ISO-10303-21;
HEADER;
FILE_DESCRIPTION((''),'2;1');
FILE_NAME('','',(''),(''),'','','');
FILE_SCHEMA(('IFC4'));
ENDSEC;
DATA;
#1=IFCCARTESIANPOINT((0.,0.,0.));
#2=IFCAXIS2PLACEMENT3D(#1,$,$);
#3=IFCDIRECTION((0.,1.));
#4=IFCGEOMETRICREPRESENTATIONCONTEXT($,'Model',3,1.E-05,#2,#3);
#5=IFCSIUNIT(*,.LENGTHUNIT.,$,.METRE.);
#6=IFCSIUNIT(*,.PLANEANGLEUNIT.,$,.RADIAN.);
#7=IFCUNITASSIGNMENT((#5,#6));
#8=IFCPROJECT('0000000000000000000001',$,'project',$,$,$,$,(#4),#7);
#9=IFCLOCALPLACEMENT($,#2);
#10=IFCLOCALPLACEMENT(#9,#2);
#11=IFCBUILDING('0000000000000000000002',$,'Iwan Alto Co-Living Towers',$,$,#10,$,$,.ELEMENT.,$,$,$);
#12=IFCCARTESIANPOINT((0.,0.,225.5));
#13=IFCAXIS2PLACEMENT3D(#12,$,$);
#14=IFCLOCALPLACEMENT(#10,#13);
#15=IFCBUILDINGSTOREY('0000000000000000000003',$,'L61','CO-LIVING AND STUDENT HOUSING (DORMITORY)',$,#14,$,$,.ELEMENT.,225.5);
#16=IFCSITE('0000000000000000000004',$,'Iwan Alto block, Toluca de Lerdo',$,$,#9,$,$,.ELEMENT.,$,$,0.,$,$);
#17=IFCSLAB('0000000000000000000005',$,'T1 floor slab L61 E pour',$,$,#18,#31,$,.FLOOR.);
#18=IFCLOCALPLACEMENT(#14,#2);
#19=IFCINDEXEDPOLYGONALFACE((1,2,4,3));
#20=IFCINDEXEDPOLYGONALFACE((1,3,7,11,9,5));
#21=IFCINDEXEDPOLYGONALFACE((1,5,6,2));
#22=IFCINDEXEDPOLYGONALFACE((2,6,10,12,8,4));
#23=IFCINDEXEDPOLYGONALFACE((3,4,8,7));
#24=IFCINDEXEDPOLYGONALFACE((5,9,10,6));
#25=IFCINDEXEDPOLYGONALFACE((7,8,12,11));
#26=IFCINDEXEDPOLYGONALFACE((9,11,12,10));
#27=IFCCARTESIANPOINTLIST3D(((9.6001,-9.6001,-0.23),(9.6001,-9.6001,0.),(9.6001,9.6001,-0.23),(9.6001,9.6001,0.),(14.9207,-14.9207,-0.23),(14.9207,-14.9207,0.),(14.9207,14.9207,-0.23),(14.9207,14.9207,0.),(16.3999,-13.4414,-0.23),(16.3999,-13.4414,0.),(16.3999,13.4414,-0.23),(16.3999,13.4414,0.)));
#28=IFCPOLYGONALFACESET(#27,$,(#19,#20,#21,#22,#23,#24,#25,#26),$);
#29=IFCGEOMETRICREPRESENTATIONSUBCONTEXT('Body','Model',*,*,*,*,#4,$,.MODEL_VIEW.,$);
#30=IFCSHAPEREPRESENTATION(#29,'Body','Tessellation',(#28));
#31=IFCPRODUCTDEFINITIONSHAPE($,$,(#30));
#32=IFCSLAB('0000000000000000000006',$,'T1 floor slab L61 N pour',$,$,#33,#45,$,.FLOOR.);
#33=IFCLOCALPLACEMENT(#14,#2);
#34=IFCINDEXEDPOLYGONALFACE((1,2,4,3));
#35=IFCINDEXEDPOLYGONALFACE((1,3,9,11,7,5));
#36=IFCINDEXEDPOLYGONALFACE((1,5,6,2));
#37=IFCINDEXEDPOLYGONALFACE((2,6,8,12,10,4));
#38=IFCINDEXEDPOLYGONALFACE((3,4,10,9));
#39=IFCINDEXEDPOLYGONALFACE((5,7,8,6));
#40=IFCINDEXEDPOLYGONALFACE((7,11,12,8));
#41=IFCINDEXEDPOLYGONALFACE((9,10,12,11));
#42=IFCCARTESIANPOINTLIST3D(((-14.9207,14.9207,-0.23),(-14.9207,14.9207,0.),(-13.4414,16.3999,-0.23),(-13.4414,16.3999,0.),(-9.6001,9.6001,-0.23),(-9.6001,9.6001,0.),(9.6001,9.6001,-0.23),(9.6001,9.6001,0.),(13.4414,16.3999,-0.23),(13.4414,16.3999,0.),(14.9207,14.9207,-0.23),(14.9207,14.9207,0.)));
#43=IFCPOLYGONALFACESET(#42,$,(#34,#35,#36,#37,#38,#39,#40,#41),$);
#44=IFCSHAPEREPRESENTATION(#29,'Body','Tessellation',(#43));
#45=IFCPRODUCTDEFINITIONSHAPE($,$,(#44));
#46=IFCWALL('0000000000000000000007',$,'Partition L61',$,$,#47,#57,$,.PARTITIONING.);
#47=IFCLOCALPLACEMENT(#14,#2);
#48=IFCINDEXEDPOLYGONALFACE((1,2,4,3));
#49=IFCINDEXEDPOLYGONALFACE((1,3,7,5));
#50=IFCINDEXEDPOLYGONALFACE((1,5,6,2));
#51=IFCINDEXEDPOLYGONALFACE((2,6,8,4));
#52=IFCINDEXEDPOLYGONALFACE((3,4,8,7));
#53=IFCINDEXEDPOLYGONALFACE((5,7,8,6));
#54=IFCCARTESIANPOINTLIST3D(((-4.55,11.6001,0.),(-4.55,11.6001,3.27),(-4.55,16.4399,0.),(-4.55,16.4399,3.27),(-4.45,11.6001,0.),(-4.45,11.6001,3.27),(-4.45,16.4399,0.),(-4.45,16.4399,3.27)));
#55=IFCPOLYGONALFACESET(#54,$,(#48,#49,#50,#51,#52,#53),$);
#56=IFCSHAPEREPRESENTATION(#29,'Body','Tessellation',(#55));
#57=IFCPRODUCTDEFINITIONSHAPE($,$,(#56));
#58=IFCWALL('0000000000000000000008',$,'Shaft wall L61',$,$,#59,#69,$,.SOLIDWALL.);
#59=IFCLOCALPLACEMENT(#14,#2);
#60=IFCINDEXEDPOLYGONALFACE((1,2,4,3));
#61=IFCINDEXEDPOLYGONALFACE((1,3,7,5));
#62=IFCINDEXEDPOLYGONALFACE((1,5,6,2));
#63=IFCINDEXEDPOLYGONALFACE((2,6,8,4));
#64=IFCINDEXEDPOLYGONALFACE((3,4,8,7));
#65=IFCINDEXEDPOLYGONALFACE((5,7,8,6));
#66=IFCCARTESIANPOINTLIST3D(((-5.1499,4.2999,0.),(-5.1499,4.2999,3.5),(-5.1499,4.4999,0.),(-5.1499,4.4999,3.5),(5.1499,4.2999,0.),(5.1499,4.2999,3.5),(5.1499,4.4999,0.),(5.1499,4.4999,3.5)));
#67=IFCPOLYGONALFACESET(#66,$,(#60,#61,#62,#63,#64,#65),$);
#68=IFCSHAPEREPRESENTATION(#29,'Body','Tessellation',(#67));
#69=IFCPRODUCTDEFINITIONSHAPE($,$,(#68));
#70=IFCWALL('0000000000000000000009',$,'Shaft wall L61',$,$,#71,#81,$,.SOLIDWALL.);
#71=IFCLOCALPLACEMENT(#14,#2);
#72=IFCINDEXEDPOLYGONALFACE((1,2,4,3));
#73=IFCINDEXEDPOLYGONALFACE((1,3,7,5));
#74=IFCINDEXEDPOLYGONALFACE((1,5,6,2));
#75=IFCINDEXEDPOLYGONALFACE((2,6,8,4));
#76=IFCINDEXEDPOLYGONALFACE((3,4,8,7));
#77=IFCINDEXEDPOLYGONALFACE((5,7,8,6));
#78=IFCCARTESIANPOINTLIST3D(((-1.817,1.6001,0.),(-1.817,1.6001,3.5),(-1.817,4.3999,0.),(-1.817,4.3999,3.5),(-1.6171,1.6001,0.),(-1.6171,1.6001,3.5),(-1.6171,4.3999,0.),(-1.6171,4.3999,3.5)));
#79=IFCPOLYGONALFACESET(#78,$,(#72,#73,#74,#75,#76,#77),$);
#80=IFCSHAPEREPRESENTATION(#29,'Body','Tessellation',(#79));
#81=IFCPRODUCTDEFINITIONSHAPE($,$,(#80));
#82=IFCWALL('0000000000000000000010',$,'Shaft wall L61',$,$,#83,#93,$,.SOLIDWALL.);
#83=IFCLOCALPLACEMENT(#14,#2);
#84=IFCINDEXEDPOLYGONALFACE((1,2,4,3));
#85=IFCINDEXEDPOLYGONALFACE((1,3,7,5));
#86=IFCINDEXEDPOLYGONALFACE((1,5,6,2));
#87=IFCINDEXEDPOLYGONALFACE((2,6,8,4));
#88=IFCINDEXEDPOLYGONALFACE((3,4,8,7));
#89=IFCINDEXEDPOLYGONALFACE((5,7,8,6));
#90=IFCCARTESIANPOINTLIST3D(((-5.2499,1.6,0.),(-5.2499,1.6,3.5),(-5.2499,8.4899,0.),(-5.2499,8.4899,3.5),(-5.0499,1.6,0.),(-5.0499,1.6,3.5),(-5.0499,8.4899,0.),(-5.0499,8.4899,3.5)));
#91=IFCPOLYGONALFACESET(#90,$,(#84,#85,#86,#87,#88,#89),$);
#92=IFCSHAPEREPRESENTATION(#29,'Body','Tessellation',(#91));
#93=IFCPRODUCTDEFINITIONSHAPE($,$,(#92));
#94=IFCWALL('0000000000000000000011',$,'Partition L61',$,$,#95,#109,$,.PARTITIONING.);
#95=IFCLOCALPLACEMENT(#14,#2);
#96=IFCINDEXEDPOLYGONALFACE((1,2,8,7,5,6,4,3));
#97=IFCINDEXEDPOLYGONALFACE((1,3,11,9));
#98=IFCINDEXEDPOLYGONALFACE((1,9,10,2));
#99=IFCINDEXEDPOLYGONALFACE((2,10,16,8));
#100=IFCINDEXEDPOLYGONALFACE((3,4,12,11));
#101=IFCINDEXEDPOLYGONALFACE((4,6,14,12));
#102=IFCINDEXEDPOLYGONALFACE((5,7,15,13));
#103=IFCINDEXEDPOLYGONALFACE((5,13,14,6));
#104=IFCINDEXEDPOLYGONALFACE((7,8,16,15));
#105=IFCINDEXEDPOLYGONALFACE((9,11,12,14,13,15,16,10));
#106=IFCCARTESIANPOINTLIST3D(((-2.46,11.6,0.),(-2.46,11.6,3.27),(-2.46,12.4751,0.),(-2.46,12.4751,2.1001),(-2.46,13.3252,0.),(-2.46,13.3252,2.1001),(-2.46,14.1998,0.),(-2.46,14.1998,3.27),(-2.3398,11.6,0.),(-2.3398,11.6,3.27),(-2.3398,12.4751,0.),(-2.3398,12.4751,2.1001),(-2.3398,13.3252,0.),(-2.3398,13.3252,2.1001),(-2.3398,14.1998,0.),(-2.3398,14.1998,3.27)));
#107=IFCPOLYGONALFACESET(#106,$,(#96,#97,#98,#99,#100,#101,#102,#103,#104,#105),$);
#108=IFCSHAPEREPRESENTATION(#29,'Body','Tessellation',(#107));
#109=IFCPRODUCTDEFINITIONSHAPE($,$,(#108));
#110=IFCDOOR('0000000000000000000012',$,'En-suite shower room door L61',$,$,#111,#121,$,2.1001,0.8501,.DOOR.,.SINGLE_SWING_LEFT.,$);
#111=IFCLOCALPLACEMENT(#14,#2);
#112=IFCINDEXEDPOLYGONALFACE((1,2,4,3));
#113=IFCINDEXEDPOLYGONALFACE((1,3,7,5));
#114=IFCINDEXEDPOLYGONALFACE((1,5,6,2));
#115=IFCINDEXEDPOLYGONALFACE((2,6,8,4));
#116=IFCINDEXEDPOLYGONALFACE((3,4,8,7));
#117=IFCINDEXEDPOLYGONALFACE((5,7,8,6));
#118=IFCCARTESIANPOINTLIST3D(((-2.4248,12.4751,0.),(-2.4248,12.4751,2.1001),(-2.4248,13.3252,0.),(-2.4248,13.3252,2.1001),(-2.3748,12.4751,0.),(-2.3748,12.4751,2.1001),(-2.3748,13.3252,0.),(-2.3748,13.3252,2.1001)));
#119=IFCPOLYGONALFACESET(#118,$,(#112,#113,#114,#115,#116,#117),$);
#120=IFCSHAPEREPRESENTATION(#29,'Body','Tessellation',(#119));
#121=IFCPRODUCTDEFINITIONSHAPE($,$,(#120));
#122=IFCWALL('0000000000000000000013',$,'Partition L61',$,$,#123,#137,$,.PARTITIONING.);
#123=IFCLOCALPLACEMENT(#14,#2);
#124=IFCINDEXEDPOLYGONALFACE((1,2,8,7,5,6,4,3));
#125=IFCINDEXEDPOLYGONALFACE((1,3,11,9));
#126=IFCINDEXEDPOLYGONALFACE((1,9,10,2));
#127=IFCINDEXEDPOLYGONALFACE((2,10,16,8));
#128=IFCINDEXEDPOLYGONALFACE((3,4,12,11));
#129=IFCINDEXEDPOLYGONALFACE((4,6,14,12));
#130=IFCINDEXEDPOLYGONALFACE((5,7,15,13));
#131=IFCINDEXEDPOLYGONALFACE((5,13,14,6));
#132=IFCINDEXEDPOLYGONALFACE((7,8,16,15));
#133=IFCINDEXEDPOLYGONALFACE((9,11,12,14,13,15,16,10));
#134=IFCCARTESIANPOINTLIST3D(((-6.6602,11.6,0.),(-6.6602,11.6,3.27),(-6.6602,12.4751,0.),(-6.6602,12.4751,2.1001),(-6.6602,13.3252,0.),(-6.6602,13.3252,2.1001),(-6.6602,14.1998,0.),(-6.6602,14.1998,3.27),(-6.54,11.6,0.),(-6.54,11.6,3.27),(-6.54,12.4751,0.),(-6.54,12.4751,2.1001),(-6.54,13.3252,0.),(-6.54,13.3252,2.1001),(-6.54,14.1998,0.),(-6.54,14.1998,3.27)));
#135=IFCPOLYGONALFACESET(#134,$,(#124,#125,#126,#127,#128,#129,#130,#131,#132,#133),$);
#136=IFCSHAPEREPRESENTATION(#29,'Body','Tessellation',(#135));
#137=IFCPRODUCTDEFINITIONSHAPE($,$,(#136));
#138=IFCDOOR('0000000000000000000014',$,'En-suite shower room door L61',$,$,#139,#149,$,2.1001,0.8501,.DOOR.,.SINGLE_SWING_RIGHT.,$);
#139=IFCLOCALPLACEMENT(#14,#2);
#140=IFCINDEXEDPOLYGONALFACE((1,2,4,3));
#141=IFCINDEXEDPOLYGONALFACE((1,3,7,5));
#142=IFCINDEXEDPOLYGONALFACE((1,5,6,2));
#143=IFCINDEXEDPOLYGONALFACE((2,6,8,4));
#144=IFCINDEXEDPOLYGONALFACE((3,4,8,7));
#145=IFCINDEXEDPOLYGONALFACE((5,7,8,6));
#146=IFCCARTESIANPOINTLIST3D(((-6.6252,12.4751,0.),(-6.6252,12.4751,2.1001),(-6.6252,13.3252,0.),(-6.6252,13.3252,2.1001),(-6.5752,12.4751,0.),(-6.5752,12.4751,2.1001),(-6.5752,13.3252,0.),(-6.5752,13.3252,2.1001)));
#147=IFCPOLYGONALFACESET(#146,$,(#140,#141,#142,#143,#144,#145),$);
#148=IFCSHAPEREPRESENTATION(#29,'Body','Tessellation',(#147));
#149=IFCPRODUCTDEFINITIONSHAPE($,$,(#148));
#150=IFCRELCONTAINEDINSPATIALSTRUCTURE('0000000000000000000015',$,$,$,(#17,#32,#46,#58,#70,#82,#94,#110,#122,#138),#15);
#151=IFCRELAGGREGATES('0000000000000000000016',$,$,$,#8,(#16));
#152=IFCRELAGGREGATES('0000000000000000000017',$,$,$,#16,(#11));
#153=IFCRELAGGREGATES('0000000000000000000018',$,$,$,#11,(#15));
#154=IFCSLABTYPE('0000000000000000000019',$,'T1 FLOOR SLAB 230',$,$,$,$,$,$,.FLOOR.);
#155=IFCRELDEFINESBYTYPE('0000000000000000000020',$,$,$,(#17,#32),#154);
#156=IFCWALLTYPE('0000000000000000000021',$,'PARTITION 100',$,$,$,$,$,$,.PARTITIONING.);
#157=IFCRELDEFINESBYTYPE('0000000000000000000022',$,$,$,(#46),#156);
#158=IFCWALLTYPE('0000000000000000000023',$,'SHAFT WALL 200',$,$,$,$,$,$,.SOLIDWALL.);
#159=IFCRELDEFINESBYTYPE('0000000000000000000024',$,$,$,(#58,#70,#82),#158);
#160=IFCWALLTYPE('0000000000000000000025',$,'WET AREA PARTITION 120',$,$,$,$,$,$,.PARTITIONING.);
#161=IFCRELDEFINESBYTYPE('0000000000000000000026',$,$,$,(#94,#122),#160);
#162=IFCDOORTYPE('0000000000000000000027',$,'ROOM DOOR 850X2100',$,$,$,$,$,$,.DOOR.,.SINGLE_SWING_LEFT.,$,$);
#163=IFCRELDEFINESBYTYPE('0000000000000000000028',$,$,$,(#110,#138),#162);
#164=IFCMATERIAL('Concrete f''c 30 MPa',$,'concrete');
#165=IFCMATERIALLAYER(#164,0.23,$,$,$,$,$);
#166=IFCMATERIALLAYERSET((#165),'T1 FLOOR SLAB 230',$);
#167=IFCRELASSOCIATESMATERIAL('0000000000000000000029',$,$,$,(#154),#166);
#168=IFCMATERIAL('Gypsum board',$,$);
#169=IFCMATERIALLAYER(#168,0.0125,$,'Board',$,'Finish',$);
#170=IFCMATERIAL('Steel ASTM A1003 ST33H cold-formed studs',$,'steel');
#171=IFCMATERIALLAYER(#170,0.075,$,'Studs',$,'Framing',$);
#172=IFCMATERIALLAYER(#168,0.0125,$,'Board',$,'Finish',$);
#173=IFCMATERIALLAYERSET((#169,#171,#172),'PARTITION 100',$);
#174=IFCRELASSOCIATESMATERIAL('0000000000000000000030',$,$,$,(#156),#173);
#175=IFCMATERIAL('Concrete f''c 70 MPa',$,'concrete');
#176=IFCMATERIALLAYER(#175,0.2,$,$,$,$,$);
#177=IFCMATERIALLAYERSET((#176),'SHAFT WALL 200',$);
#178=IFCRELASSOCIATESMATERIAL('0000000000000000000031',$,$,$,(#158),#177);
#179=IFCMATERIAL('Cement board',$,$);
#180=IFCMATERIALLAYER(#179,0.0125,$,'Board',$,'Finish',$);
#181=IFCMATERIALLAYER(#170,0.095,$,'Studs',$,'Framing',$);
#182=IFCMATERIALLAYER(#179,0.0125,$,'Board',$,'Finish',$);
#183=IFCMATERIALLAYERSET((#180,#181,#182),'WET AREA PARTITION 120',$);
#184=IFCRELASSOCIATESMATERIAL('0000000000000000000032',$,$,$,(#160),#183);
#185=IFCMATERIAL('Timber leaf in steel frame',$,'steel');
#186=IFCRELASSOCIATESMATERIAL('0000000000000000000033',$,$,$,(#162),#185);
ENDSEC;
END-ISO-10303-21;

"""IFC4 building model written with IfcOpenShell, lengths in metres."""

from ifc_helpers import new_model, si_unit, direction, frame, frame_2d, origin, place, context, subcontext, project, spatial, polyline, rectangle, outline, extrude, material, layer, layer_set, type_object, element, fill, save


model = new_model("IFC4")

# Units and contexts
model_context = context("Model", 3, precision=1e-05, world=origin(), true_north=direction((0.0, 1.0)))
body_context = subcontext(model_context, "Body", "Model", "MODEL_VIEW")
ifc_project = project(units=[si_unit("LENGTHUNIT", "METRE"), si_unit("PLANEANGLEUNIT", "RADIAN")], contexts=[model_context])

# Site, building, storey
site_placement = place(None, origin())
site = spatial("IfcSite", under=ifc_project, at=site_placement, Name="Iwan Alto block, Toluca de Lerdo", CompositionType="ELEMENT", RefElevation=0.0)
building_placement = place(site_placement, origin())
building = spatial("IfcBuilding", under=site, at=building_placement, Name="Iwan Alto Co-Living Towers", CompositionType="ELEMENT")
storey_placement = place(building_placement, frame((0.0, 0.0, 225.5)))
storey = spatial("IfcBuildingStorey", under=building, at=storey_placement, Name="L61", Description="CO-LIVING AND STUDENT HOUSING (DORMITORY)", CompositionType="ELEMENT", Elevation=225.5)

# Slabs
ifc_material_1 = material(Name="Concrete f'c 30 MPa", Category="concrete")
ifc_layer_1 = layer(ifc_material_1, 0.23)
ifc_layer_set_1 = layer_set([ifc_layer_1], Name="T1 FLOOR SLAB 230")
slab_type = type_object("IfcSlabType", Name="T1 FLOOR SLAB 230", PredefinedType="FLOOR", material=ifc_layer_set_1)
slab_1_placement = place(storey_placement, frame((0.0, 0.0, -0.23)))
element("IfcSlab", 1, at=slab_1_placement, inside=storey, type_object=slab_type, Name="T1 floor slab L61 E pour", PredefinedType="FLOOR", context=body_context, shape_type="SweptSolid", body=[
    extrude(outline(polyline([(16.3999, 13.4414), (16.3999, -13.4414), (14.9207, -14.9207), (9.6001, -9.6001), (9.6001, 9.6001), (14.9207, 14.9207), (16.3999, 13.4414)])), origin(), (0.0, 0.0, 1.0), 0.23),
])
slab_2_placement = place(storey_placement, frame((0.0, 0.0, -0.23)))
element("IfcSlab", 2, at=slab_2_placement, inside=storey, type_object=slab_type, Name="T1 floor slab L61 N pour", PredefinedType="FLOOR", context=body_context, shape_type="SweptSolid", body=[
    extrude(outline(polyline([(-13.4414, 16.3999), (13.4414, 16.3999), (14.9207, 14.9207), (9.6001, 9.6001), (-9.6001, 9.6001), (-14.9207, 14.9207), (-13.4414, 16.3999)])), origin(), (0.0, 0.0, 1.0), 0.23),
])

# Walls
ifc_material_2 = material(Name="Gypsum board")
ifc_layer_2 = layer(ifc_material_2, 0.0125, Name="Board", Category="Finish")
ifc_material_3 = material(Name="Steel ASTM A1003 ST33H cold-formed studs", Category="steel")
ifc_layer_3 = layer(ifc_material_3, 0.075, Name="Studs", Category="Framing")
ifc_layer_4 = layer(ifc_material_2, 0.0125, Name="Board", Category="Finish")
ifc_layer_set_2 = layer_set([ifc_layer_2, ifc_layer_3, ifc_layer_4], Name="PARTITION 100")
wall_type_1 = type_object("IfcWallType", Name="PARTITION 100", PredefinedType="PARTITIONING", material=ifc_layer_set_2)
wall_1_placement = place(storey_placement, frame((-4.5, 11.6001, 0.0), z_axis=(0.0, 0.0, 1.0), x_axis=(0.0, 1.0, 0.0)))
element("IfcWall", 3, at=wall_1_placement, inside=storey, type_object=wall_type_1, Name="Partition L61", PredefinedType="PARTITIONING", context=body_context, shape_type="SweptSolid", body=[
    extrude(rectangle(XDim=4.8398, YDim=0.1001, at=frame_2d((2.4199, 0.0))), origin(), (0.0, 0.0, 1.0), 3.27),
])
ifc_material_4 = material(Name="Concrete f'c 70 MPa", Category="concrete")
ifc_layer_5 = layer(ifc_material_4, 0.2)
ifc_layer_set_3 = layer_set([ifc_layer_5], Name="SHAFT WALL 200")
wall_type_2 = type_object("IfcWallType", Name="SHAFT WALL 200", PredefinedType="SOLIDWALL", material=ifc_layer_set_3)
wall_2_placement = place(storey_placement, frame((-5.1499, 4.3999, 0.0), z_axis=(0.0, 0.0, 1.0), x_axis=(1.0, 0.0, 0.0)))
element("IfcWall", 4, at=wall_2_placement, inside=storey, type_object=wall_type_2, Name="Shaft wall L61", PredefinedType="SOLIDWALL", context=body_context, shape_type="SweptSolid", body=[
    extrude(rectangle(XDim=10.2998, YDim=0.2, at=frame_2d((5.1499, 0.0))), origin(), (0.0, 0.0, 1.0), 3.5),
])
wall_3_placement = place(storey_placement, frame((-1.717, 1.6001, 0.0), z_axis=(0.0, 0.0, 1.0), x_axis=(0.0, 1.0, 0.0)))
element("IfcWall", 5, at=wall_3_placement, inside=storey, type_object=wall_type_2, Name="Shaft wall L61", PredefinedType="SOLIDWALL", context=body_context, shape_type="SweptSolid", body=[
    extrude(rectangle(XDim=2.7998, YDim=0.2, at=frame_2d((1.3999, 0.0))), origin(), (0.0, 0.0, 1.0), 3.5),
])
wall_4_placement = place(storey_placement, frame((-5.1499, 1.6001, 0.0), z_axis=(0.0, 0.0, 1.0), x_axis=(0.0, 1.0, 0.0)))
element("IfcWall", 6, at=wall_4_placement, inside=storey, type_object=wall_type_2, Name="Shaft wall L61", PredefinedType="SOLIDWALL", context=body_context, shape_type="SweptSolid", body=[
    extrude(rectangle(XDim=6.8899, YDim=0.2, at=frame_2d((3.4448, 0.0))), origin(), (0.0, 0.0, 1.0), 3.5),
])

# Walls, openings, doors
ifc_material_5 = material(Name="Cement board")
ifc_layer_6 = layer(ifc_material_5, 0.0125, Name="Board", Category="Finish")
ifc_layer_7 = layer(ifc_material_3, 0.095, Name="Studs", Category="Framing")
ifc_layer_8 = layer(ifc_material_5, 0.0125, Name="Board", Category="Finish")
ifc_layer_set_4 = layer_set([ifc_layer_6, ifc_layer_7, ifc_layer_8], Name="WET AREA PARTITION 120")
wall_type_3 = type_object("IfcWallType", Name="WET AREA PARTITION 120", PredefinedType="PARTITIONING", material=ifc_layer_set_4)
wall_5_placement = place(storey_placement, frame((-2.3999, 11.6001, 0.0), z_axis=(0.0, 0.0, 1.0), x_axis=(0.0, 1.0, 0.0)))
wall_5 = element("IfcWall", 7, at=wall_5_placement, inside=storey, type_object=wall_type_3, Name="Partition L61", PredefinedType="PARTITIONING", context=body_context, shape_type="SweptSolid", body=[
    extrude(rectangle(XDim=2.5999, YDim=0.1201, at=frame_2d((1.2998, 0.0))), origin(), (0.0, 0.0, 1.0), 3.27),
])
opening_1_placement = place(wall_5_placement, frame((0.875, 0.0, 0.0)))
opening_1 = element("IfcOpeningElement", 8, at=opening_1_placement, cuts=wall_5, PredefinedType="OPENING", context=body_context, shape_type="SweptSolid", body=[
    extrude(rectangle(XDim=0.8501, YDim=2.1001, at=frame_2d((0.425, 1.05))), frame((0.0, 0.0701, 0.0), z_axis=(0.0, -1.0, 0.0), x_axis=(1.0, 0.0, 0.0)), (0.0, 0.0, 1.0), 0.1401),
])
ifc_material_6 = material(Name="Timber leaf in steel frame", Category="steel")
door_type = type_object("IfcDoorType", Name="ROOM DOOR 850X2100", OperationType="SINGLE_SWING_LEFT", PredefinedType="DOOR", material=ifc_material_6)
door_1_placement = place(opening_1_placement, origin())
door_1 = element("IfcDoor", 9, at=door_1_placement, inside=storey, type_object=door_type, Name="En-suite shower room door L61", OperationType="SINGLE_SWING_LEFT", OverallHeight=2.1001, OverallWidth=0.8501, PredefinedType="DOOR", context=body_context, shape_type="SweptSolid", body=[
    extrude(rectangle(XDim=0.8501, YDim=2.1001, at=frame_2d((0.425, 1.05))), frame((0.0, 0.0249, 0.0), z_axis=(0.0, -1.0, 0.0), x_axis=(1.0, 0.0, 0.0)), (0.0, 0.0, 1.0), 0.05),
])
fill(opening_1, door_1)
wall_6_placement = place(storey_placement, frame((-6.6001, 11.6001, 0.0), z_axis=(0.0, 0.0, 1.0), x_axis=(0.0, 1.0, 0.0)))
wall_6 = element("IfcWall", 10, at=wall_6_placement, inside=storey, type_object=wall_type_3, Name="Partition L61", PredefinedType="PARTITIONING", context=body_context, shape_type="SweptSolid", body=[
    extrude(rectangle(XDim=2.5999, YDim=0.1201, at=frame_2d((1.2998, 0.0))), origin(), (0.0, 0.0, 1.0), 3.27),
])
opening_2_placement = place(wall_6_placement, frame((0.875, 0.0, 0.0)))
opening_2 = element("IfcOpeningElement", 11, at=opening_2_placement, cuts=wall_6, PredefinedType="OPENING", context=body_context, shape_type="SweptSolid", body=[
    extrude(rectangle(XDim=0.8501, YDim=2.1001, at=frame_2d((0.425, 1.05))), frame((0.0, 0.0701, 0.0), z_axis=(0.0, -1.0, 0.0), x_axis=(1.0, 0.0, 0.0)), (0.0, 0.0, 1.0), 0.1401),
])
door_2_placement = place(opening_2_placement, frame((0.8501, 0.0, 0.0), z_axis=(0.0, 0.0, 1.0), x_axis=(-1.0, 0.0, 0.0)))
door_2 = element("IfcDoor", 12, at=door_2_placement, inside=storey, type_object=door_type, Name="En-suite shower room door L61", OperationType="SINGLE_SWING_RIGHT", OverallHeight=2.1001, OverallWidth=0.8501, PredefinedType="DOOR", context=body_context, shape_type="SweptSolid", body=[
    extrude(rectangle(XDim=0.8501, YDim=2.1001, at=frame_2d((0.425, 1.05))), frame((0.0, 0.0249, 0.0), z_axis=(0.0, -1.0, 0.0), x_axis=(1.0, 0.0, 0.0)), (0.0, 0.0, 1.0), 0.05),
])
fill(opening_2, door_2)

save(model, "model.ifc")
